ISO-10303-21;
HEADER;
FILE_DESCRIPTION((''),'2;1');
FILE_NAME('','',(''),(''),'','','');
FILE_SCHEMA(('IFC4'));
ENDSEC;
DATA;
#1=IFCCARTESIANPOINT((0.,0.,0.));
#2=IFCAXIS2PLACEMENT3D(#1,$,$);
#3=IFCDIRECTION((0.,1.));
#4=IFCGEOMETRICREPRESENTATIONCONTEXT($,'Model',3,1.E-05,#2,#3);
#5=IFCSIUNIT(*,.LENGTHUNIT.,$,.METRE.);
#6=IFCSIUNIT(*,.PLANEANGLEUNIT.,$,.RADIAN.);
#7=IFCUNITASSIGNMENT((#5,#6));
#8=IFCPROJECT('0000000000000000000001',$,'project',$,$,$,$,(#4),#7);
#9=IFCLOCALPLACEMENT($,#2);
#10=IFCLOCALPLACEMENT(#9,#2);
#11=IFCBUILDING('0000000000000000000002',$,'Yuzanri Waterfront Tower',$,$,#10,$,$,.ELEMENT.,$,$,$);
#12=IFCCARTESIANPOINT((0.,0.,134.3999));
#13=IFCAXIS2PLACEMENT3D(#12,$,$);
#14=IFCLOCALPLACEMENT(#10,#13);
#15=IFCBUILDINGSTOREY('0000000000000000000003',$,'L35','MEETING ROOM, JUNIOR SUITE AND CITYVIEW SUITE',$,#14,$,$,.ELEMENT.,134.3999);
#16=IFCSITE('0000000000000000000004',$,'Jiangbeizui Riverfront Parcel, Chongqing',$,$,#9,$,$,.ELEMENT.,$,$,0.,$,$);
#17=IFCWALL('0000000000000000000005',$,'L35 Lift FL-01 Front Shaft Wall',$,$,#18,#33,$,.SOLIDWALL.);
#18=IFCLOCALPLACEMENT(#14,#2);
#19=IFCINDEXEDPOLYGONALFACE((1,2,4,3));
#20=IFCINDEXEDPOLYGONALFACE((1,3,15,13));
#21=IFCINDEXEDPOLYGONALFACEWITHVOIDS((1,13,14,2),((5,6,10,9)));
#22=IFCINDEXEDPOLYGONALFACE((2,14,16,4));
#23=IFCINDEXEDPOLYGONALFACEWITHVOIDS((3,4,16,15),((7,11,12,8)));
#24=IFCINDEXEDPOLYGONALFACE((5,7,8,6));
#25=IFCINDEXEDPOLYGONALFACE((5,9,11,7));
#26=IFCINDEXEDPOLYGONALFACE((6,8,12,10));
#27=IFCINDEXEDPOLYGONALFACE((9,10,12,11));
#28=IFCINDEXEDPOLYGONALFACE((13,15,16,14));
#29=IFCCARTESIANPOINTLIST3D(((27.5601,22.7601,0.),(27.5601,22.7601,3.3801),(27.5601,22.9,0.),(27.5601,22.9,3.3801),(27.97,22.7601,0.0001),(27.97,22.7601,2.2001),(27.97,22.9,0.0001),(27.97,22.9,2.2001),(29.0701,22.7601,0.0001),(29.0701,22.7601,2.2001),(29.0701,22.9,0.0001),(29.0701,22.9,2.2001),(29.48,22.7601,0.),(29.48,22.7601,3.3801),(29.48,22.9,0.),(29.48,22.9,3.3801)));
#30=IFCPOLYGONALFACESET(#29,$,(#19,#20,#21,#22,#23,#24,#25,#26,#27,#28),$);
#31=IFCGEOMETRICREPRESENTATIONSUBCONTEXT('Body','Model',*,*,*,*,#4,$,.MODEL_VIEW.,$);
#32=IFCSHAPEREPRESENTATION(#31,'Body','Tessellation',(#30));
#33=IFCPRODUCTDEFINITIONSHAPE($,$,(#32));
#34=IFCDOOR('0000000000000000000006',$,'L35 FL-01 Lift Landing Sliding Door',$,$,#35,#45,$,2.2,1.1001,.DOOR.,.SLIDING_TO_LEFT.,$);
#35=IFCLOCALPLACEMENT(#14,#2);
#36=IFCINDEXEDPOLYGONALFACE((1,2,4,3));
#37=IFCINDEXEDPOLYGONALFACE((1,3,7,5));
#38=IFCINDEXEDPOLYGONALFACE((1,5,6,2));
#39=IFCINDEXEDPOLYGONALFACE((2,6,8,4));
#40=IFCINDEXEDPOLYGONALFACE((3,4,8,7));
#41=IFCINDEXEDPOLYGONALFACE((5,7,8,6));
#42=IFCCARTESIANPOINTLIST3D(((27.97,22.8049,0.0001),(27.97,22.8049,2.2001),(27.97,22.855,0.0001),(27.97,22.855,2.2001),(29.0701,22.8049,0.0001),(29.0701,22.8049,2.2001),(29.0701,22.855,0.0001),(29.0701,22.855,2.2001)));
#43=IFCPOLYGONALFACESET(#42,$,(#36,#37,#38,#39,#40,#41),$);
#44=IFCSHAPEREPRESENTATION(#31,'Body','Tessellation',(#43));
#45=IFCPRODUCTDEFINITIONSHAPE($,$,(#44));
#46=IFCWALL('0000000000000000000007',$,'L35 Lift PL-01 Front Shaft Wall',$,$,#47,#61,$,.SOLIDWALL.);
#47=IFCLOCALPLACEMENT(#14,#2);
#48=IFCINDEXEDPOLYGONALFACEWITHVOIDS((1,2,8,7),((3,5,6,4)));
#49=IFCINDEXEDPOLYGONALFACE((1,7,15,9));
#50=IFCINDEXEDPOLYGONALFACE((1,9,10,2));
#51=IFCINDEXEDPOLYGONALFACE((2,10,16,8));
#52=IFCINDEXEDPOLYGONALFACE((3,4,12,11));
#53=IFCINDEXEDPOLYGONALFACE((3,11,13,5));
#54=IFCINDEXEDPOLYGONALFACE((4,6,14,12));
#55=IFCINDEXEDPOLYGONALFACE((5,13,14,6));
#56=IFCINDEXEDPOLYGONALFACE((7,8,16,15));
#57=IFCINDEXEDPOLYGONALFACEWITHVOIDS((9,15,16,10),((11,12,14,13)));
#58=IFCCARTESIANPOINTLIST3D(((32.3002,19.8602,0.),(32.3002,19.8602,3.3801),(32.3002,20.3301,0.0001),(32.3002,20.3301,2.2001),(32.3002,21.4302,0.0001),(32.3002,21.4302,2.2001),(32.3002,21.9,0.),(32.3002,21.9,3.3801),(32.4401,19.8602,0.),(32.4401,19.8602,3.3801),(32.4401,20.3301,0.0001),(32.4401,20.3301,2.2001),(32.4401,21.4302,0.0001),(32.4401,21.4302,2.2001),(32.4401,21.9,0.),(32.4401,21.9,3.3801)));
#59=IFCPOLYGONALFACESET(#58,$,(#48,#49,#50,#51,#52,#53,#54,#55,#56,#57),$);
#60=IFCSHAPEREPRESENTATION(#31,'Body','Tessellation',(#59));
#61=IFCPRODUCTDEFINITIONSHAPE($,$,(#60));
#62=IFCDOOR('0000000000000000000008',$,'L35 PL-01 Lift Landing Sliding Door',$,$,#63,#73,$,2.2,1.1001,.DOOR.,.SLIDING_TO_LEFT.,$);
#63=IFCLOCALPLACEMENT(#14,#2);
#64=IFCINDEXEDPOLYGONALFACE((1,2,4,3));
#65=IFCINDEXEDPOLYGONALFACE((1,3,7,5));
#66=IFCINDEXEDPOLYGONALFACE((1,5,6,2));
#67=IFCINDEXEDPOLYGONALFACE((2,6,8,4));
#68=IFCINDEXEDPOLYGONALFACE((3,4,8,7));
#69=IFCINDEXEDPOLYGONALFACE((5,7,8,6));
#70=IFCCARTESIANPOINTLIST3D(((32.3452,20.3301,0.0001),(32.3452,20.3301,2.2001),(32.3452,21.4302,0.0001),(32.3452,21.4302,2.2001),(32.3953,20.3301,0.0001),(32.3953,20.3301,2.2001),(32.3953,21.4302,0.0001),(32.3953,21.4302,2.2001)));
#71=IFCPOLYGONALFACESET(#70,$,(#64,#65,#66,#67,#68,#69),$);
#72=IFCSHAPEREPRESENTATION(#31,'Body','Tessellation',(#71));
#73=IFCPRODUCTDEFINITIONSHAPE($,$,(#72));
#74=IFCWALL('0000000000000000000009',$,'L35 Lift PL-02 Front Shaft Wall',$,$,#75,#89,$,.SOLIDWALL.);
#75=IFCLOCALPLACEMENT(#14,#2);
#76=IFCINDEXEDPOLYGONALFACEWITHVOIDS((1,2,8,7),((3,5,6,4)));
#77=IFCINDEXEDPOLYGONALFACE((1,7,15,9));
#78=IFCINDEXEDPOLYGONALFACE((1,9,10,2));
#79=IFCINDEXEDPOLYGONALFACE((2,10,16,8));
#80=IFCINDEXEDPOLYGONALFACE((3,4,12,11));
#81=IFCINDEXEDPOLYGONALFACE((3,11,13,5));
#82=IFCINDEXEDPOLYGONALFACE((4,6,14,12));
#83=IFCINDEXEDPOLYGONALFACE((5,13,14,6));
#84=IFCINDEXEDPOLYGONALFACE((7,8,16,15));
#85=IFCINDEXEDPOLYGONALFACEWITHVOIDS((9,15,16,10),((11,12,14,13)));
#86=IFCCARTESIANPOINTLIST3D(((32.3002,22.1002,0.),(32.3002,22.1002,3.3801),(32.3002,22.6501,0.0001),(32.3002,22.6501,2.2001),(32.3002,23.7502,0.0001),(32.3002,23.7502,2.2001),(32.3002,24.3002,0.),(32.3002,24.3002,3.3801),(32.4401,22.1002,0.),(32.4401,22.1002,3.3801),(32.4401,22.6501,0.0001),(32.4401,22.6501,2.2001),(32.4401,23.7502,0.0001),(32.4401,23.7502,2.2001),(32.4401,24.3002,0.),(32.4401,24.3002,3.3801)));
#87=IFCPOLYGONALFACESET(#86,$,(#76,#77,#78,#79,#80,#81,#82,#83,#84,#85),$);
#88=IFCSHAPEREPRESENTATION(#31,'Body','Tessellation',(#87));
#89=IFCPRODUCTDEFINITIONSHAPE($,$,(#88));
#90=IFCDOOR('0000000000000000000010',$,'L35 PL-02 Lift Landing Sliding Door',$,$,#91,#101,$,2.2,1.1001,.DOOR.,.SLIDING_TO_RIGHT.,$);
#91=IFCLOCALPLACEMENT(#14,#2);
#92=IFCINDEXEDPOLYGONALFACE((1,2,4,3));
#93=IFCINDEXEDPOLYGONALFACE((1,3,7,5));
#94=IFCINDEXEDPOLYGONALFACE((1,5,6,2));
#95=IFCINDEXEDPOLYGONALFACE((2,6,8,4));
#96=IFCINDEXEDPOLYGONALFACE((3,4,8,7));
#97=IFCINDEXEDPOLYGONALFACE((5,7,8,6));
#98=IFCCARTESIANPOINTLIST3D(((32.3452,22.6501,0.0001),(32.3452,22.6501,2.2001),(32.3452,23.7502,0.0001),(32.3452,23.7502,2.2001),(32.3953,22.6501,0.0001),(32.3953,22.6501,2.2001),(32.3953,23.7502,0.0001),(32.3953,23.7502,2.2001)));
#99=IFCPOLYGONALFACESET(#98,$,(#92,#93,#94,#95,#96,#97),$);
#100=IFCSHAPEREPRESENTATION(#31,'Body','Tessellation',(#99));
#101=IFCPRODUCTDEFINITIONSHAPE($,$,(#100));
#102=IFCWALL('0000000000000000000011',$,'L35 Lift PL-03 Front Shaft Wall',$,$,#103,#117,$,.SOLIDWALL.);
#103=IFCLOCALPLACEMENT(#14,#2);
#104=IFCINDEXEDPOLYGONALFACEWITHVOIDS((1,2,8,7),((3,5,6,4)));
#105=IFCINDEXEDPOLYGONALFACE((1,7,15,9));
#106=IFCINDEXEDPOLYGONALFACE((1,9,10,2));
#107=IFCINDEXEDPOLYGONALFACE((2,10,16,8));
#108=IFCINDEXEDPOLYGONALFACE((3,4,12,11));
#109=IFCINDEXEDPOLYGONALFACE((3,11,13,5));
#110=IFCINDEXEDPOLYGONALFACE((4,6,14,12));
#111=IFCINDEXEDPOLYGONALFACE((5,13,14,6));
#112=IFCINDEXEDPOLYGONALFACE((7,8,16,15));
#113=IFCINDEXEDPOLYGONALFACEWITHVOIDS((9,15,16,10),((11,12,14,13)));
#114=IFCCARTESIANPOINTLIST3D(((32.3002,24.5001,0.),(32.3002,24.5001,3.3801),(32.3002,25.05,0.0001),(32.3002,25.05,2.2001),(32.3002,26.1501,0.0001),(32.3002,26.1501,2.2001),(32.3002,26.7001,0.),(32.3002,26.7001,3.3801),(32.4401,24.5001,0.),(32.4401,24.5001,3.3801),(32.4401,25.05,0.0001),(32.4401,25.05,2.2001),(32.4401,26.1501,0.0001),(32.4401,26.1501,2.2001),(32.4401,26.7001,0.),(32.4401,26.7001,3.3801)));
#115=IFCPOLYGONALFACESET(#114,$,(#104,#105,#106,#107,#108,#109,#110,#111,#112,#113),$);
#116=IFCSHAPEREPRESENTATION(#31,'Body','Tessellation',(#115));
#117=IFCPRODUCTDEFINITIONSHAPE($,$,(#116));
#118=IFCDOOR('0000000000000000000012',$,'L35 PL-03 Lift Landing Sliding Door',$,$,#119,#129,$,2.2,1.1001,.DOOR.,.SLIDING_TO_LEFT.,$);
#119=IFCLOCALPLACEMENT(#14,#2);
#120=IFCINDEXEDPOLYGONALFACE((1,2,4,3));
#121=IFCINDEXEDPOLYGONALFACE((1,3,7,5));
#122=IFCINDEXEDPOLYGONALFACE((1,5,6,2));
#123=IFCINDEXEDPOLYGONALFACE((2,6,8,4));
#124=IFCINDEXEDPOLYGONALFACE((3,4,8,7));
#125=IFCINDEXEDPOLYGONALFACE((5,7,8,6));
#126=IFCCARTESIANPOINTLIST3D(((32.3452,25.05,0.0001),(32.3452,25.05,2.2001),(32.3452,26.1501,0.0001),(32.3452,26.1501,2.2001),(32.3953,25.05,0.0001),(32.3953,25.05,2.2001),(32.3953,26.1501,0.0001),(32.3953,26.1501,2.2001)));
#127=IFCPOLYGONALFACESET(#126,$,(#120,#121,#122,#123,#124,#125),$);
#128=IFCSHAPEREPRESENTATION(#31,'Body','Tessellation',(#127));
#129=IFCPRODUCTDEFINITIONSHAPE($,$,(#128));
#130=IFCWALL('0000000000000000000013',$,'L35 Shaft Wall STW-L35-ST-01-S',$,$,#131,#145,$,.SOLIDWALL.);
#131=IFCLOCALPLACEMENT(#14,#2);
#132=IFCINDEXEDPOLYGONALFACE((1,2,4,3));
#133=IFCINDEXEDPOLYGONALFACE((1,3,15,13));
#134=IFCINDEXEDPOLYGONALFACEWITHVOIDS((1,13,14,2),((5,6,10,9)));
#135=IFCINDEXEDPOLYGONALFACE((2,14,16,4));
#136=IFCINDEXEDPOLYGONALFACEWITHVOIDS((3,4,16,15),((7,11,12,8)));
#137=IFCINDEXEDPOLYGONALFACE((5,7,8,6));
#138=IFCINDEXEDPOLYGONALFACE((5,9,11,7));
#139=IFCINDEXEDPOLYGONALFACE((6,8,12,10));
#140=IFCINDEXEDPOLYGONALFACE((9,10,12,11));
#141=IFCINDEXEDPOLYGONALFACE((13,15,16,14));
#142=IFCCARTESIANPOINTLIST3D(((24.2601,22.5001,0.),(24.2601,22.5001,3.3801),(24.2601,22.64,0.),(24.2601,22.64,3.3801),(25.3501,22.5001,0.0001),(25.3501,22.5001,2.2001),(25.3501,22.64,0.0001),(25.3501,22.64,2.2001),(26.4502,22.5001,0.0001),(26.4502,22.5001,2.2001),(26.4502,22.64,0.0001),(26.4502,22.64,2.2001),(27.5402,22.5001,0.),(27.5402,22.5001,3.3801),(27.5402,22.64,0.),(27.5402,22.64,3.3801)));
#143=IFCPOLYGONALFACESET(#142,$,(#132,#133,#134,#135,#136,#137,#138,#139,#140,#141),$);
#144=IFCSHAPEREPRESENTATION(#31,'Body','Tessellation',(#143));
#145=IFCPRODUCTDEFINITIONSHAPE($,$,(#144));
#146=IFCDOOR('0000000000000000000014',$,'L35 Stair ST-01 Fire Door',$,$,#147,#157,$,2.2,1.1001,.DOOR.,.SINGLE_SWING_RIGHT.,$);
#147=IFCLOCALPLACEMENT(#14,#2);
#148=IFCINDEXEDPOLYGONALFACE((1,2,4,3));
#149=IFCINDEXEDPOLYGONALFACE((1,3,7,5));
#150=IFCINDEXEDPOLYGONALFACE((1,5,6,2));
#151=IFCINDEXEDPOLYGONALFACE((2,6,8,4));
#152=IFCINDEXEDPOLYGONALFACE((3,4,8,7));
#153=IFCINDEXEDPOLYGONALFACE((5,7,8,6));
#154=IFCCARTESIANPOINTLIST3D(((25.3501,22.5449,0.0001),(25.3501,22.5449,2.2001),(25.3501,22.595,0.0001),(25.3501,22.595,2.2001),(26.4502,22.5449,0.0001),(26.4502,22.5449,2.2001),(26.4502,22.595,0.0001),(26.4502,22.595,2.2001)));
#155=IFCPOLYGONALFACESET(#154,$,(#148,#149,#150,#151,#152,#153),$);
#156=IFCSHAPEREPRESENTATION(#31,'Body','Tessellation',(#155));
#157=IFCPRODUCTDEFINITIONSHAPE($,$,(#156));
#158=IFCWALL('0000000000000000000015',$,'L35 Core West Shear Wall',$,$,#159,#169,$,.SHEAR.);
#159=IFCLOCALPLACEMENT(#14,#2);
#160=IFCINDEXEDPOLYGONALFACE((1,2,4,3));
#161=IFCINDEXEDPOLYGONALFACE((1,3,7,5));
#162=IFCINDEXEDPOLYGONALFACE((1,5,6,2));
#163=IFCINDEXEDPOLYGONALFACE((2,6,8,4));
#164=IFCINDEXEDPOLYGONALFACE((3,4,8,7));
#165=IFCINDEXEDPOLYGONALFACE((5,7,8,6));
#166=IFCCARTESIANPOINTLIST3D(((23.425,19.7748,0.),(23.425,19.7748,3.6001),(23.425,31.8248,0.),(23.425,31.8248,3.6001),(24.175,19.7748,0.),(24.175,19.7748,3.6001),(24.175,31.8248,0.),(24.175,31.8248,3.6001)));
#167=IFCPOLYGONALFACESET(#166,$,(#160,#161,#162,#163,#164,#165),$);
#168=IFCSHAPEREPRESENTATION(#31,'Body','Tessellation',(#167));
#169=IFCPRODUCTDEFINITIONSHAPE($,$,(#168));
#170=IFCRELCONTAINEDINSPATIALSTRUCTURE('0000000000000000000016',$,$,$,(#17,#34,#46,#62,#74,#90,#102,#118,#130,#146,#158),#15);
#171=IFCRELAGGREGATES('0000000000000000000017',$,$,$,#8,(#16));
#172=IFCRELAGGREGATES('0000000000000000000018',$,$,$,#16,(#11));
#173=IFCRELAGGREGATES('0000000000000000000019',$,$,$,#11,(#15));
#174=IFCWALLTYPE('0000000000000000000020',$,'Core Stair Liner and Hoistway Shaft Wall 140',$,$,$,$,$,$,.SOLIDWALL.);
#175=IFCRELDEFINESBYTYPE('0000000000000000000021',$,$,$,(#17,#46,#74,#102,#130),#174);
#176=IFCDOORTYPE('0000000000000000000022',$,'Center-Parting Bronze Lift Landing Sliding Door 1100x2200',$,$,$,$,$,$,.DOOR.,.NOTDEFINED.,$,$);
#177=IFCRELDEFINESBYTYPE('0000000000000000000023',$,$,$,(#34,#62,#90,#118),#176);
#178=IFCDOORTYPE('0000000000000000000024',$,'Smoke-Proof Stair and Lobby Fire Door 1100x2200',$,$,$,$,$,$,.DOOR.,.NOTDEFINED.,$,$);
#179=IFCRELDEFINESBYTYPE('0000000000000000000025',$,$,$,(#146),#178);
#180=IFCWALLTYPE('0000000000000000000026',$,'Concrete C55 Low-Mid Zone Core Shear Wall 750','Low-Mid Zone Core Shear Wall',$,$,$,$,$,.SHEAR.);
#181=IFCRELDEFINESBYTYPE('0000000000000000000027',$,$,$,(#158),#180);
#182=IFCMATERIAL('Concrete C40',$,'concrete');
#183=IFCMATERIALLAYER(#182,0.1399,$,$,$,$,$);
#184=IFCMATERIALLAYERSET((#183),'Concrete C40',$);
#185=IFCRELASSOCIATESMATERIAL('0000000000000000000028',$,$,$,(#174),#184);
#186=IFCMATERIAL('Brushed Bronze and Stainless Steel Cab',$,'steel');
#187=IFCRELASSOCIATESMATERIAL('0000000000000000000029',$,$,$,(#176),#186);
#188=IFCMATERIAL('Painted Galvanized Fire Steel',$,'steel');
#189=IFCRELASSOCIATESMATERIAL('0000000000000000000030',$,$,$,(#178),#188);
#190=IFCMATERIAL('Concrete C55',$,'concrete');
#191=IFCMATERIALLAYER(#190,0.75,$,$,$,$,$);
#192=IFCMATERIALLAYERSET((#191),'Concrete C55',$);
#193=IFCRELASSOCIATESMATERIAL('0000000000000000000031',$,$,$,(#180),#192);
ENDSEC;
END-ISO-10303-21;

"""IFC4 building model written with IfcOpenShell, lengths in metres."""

from ifc_helpers import new_model, si_unit, direction, frame, frame_2d, origin, place, context, subcontext, project, spatial, rectangle, extrude, source, transform, mapped, material, layer, layer_set, type_object, element, fill, save


model = new_model("IFC4")

# Units and contexts
model_context = context("Model", 3, precision=1e-05, world=origin(), true_north=direction((0.0, 1.0)))
body_context = subcontext(model_context, "Body", "Model", "MODEL_VIEW")
ifc_project = project(units=[si_unit("LENGTHUNIT", "METRE"), si_unit("PLANEANGLEUNIT", "RADIAN")], contexts=[model_context])

# Site, building, storey
site_placement = place(None, origin())
site = spatial("IfcSite", under=ifc_project, at=site_placement, Name="Jiangbeizui Riverfront Parcel, Chongqing", CompositionType="ELEMENT", RefElevation=0.0)
building_placement = place(site_placement, origin())
building = spatial("IfcBuilding", under=site, at=building_placement, Name="Yuzanri Waterfront Tower", CompositionType="ELEMENT")
storey_placement = place(building_placement, frame((0.0, 0.0, 134.3999)))
storey = spatial("IfcBuildingStorey", under=building, at=storey_placement, Name="L35", Description="MEETING ROOM, JUNIOR SUITE AND CITYVIEW SUITE", CompositionType="ELEMENT", Elevation=134.3999)

# Walls, openings, doors
ifc_material_1 = material(Name="Concrete C40", Category="concrete")
ifc_layer_1 = layer(ifc_material_1, 0.1399)
ifc_layer_set_1 = layer_set([ifc_layer_1], Name="Concrete C40")
wall_type_1 = type_object("IfcWallType", Name="Core Stair Liner and Hoistway Shaft Wall 140", PredefinedType="SOLIDWALL", material=ifc_layer_set_1)
wall_1_placement = place(storey_placement, frame((27.5601, 22.8301, 0.0), z_axis=(0.0, 0.0, 1.0), x_axis=(1.0, 0.0, 0.0)))
wall_1 = element("IfcWall", 1, at=wall_1_placement, inside=storey, type_object=wall_type_1, Name="L35 Lift FL-01 Front Shaft Wall", PredefinedType="SOLIDWALL", context=body_context, shape_type="SweptSolid", body=[
    extrude(rectangle(XDim=1.9199, YDim=0.1399, at=frame_2d((0.96, 0.0))), origin(), (0.0, 0.0, 1.0), 3.3801),
])
opening_1_placement = place(wall_1_placement, frame((0.4099, 0.0, 0.0)))
opening_1 = element("IfcOpeningElement", 2, at=opening_1_placement, cuts=wall_1, PredefinedType="OPENING", context=body_context, shape_type="SweptSolid", body=[
    extrude(rectangle(XDim=1.1001, YDim=2.2, at=frame_2d((0.55, 1.1001))), frame((0.0, 0.085, 0.0), z_axis=(0.0, -1.0, 0.0), x_axis=(1.0, 0.0, 0.0)), (0.0, 0.0, 1.0), 0.1697),
])
ifc_material_2 = material(Name="Brushed Bronze and Stainless Steel Cab", Category="steel")
door_type_1 = type_object("IfcDoorType", Name="Center-Parting Bronze Lift Landing Sliding Door 1100x2200", OperationType="NOTDEFINED", PredefinedType="DOOR", material=ifc_material_2)
shared_shape_1 = source(origin(), body_context, "Body", "SweptSolid", [
    extrude(rectangle(XDim=1.1001, YDim=2.2, at=frame_2d((0.55, 1.1001))), frame((0.0, 0.0249, 0.0), z_axis=(0.0, -1.0, 0.0), x_axis=(1.0, 0.0, 0.0)), (0.0, 0.0, 1.0), 0.05),
])
door_1_placement = place(opening_1_placement, origin())
door_1 = element("IfcDoor", 3, at=door_1_placement, inside=storey, type_object=door_type_1, Name="L35 FL-01 Lift Landing Sliding Door", OperationType="SLIDING_TO_LEFT", OverallHeight=2.2, OverallWidth=1.1001, PredefinedType="DOOR", context=body_context, shape_type="MappedRepresentation", body=[
    mapped(shared_shape_1, transform((0.0, 0.0, 0.0), scale=1.0)),
])
fill(opening_1, door_1)
wall_2_placement = place(storey_placement, frame((32.3701, 19.8601, 0.0), z_axis=(0.0, 0.0, 1.0), x_axis=(0.0, 1.0, 0.0)))
wall_2 = element("IfcWall", 4, at=wall_2_placement, inside=storey, type_object=wall_type_1, Name="L35 Lift PL-01 Front Shaft Wall", PredefinedType="SOLIDWALL", context=body_context, shape_type="SweptSolid", body=[
    extrude(rectangle(XDim=2.0398, YDim=0.1399, at=frame_2d((1.02, 0.0))), origin(), (0.0, 0.0, 1.0), 3.3801),
])
opening_2_placement = place(wall_2_placement, frame((0.47, 0.0, 0.0)))
opening_2 = element("IfcOpeningElement", 5, at=opening_2_placement, cuts=wall_2, PredefinedType="OPENING", context=body_context, shape_type="SweptSolid", body=[
    extrude(rectangle(XDim=1.1001, YDim=2.2, at=frame_2d((0.55, 1.1001))), frame((0.0, 0.085, 0.0), z_axis=(0.0, -1.0, 0.0), x_axis=(1.0, 0.0, 0.0)), (0.0, 0.0, 1.0), 0.1697),
])
door_2_placement = place(opening_2_placement, origin())
door_2 = element("IfcDoor", 6, at=door_2_placement, inside=storey, type_object=door_type_1, Name="L35 PL-01 Lift Landing Sliding Door", OperationType="SLIDING_TO_LEFT", OverallHeight=2.2, OverallWidth=1.1001, PredefinedType="DOOR", context=body_context, shape_type="MappedRepresentation", body=[
    mapped(shared_shape_1, transform((0.0, 0.0, 0.0), scale=1.0)),
])
fill(opening_2, door_2)
wall_3_placement = place(storey_placement, frame((32.3701, 22.1001, 0.0), z_axis=(0.0, 0.0, 1.0), x_axis=(0.0, 1.0, 0.0)))
wall_3 = element("IfcWall", 7, at=wall_3_placement, inside=storey, type_object=wall_type_1, Name="L35 Lift PL-02 Front Shaft Wall", PredefinedType="SOLIDWALL", context=body_context, shape_type="SweptSolid", body=[
    extrude(rectangle(XDim=2.2, YDim=0.1399, at=frame_2d((1.1001, 0.0))), origin(), (0.0, 0.0, 1.0), 3.3801),
])
opening_3_placement = place(wall_3_placement, frame((0.55, 0.0, 0.0)))
opening_3 = element("IfcOpeningElement", 8, at=opening_3_placement, cuts=wall_3, PredefinedType="OPENING", context=body_context, shape_type="SweptSolid", body=[
    extrude(rectangle(XDim=1.1001, YDim=2.2, at=frame_2d((0.55, 1.1001))), frame((0.0, 0.085, 0.0), z_axis=(0.0, -1.0, 0.0), x_axis=(1.0, 0.0, 0.0)), (0.0, 0.0, 1.0), 0.1697),
])
door_3_placement = place(opening_3_placement, origin())
door_3 = element("IfcDoor", 9, at=door_3_placement, inside=storey, type_object=door_type_1, Name="L35 PL-02 Lift Landing Sliding Door", OperationType="SLIDING_TO_RIGHT", OverallHeight=2.2, OverallWidth=1.1001, PredefinedType="DOOR", context=body_context, shape_type="MappedRepresentation", body=[
    mapped(shared_shape_1, transform((0.0, 0.0, 0.0), scale=1.0)),
])
fill(opening_3, door_3)
wall_4_placement = place(storey_placement, frame((32.3701, 24.5, 0.0), z_axis=(0.0, 0.0, 1.0), x_axis=(0.0, 1.0, 0.0)))
wall_4 = element("IfcWall", 10, at=wall_4_placement, inside=storey, type_object=wall_type_1, Name="L35 Lift PL-03 Front Shaft Wall", PredefinedType="SOLIDWALL", context=body_context, shape_type="SweptSolid", body=[
    extrude(rectangle(XDim=2.2, YDim=0.1399, at=frame_2d((1.1001, 0.0))), origin(), (0.0, 0.0, 1.0), 3.3801),
])
opening_4_placement = place(wall_4_placement, frame((0.55, 0.0, 0.0)))
opening_4 = element("IfcOpeningElement", 11, at=opening_4_placement, cuts=wall_4, PredefinedType="OPENING", context=body_context, shape_type="SweptSolid", body=[
    extrude(rectangle(XDim=1.1001, YDim=2.2, at=frame_2d((0.55, 1.1001))), frame((0.0, 0.085, 0.0), z_axis=(0.0, -1.0, 0.0), x_axis=(1.0, 0.0, 0.0)), (0.0, 0.0, 1.0), 0.1697),
])
door_4_placement = place(opening_4_placement, origin())
door_4 = element("IfcDoor", 12, at=door_4_placement, inside=storey, type_object=door_type_1, Name="L35 PL-03 Lift Landing Sliding Door", OperationType="SLIDING_TO_LEFT", OverallHeight=2.2, OverallWidth=1.1001, PredefinedType="DOOR", context=body_context, shape_type="MappedRepresentation", body=[
    mapped(shared_shape_1, transform((0.0, 0.0, 0.0), scale=1.0)),
])
fill(opening_4, door_4)
wall_5_placement = place(storey_placement, frame((24.26, 22.5701, 0.0), z_axis=(0.0, 0.0, 1.0), x_axis=(1.0, 0.0, 0.0)))
wall_5 = element("IfcWall", 13, at=wall_5_placement, inside=storey, type_object=wall_type_1, Name="L35 Shaft Wall STW-L35-ST-01-S", PredefinedType="SOLIDWALL", context=body_context, shape_type="SweptSolid", body=[
    extrude(rectangle(XDim=3.28, YDim=0.1399, at=frame_2d((1.6401, 0.0))), origin(), (0.0, 0.0, 1.0), 3.3801),
])
opening_5_placement = place(wall_5_placement, frame((1.0901, 0.0, 0.0)))
opening_5 = element("IfcOpeningElement", 14, at=opening_5_placement, cuts=wall_5, PredefinedType="OPENING", context=body_context, shape_type="SweptSolid", body=[
    extrude(rectangle(XDim=1.1001, YDim=2.2, at=frame_2d((0.55, 1.1001))), frame((0.0, 0.085, 0.0), z_axis=(0.0, -1.0, 0.0), x_axis=(1.0, 0.0, 0.0)), (0.0, 0.0, 1.0), 0.1697),
])
ifc_material_3 = material(Name="Painted Galvanized Fire Steel", Category="steel")
door_type_2 = type_object("IfcDoorType", Name="Smoke-Proof Stair and Lobby Fire Door 1100x2200", OperationType="NOTDEFINED", PredefinedType="DOOR", material=ifc_material_3)
shared_shape_2 = source(origin(), body_context, "Body", "SweptSolid", [
    extrude(rectangle(XDim=1.1001, YDim=2.2, at=frame_2d((0.55, 1.1001))), frame((0.0, 0.0249, 0.0), z_axis=(0.0, -1.0, 0.0), x_axis=(1.0, 0.0, 0.0)), (0.0, 0.0, 1.0), 0.05),
])
door_5_placement = place(opening_5_placement, origin())
door_5 = element("IfcDoor", 15, at=door_5_placement, inside=storey, type_object=door_type_2, Name="L35 Stair ST-01 Fire Door", OperationType="SINGLE_SWING_RIGHT", OverallHeight=2.2, OverallWidth=1.1001, PredefinedType="DOOR", context=body_context, shape_type="MappedRepresentation", body=[
    mapped(shared_shape_2, transform((0.0, 0.0, 0.0), scale=1.0)),
])
fill(opening_5, door_5)

# Wall
ifc_material_4 = material(Name="Concrete C55", Category="concrete")
ifc_layer_2 = layer(ifc_material_4, 0.75)
ifc_layer_set_2 = layer_set([ifc_layer_2], Name="Concrete C55")
wall_type_2 = type_object("IfcWallType", Name="Concrete C55 Low-Mid Zone Core Shear Wall 750", Description="Low-Mid Zone Core Shear Wall", PredefinedType="SHEAR", material=ifc_layer_set_2)
shared_shape_3 = source(origin(), body_context, "Body", "SweptSolid", [
    extrude(rectangle(XDim=12.05, YDim=0.75, at=frame_2d((6.0249, 0.0))), origin(), (0.0, 0.0, 1.0), 3.6001),
])
wall_6_placement = place(storey_placement, frame((23.8, 19.7749, 0.0), z_axis=(0.0, 0.0, 1.0), x_axis=(0.0, 1.0, 0.0)))
element("IfcWall", 16, at=wall_6_placement, inside=storey, type_object=wall_type_2, Name="L35 Core West Shear Wall", PredefinedType="SHEAR", context=body_context, shape_type="MappedRepresentation", body=[
    mapped(shared_shape_3, transform((0.0, 0.0, 0.0), scale=1.0)),
])

save(model, "model.ifc")
